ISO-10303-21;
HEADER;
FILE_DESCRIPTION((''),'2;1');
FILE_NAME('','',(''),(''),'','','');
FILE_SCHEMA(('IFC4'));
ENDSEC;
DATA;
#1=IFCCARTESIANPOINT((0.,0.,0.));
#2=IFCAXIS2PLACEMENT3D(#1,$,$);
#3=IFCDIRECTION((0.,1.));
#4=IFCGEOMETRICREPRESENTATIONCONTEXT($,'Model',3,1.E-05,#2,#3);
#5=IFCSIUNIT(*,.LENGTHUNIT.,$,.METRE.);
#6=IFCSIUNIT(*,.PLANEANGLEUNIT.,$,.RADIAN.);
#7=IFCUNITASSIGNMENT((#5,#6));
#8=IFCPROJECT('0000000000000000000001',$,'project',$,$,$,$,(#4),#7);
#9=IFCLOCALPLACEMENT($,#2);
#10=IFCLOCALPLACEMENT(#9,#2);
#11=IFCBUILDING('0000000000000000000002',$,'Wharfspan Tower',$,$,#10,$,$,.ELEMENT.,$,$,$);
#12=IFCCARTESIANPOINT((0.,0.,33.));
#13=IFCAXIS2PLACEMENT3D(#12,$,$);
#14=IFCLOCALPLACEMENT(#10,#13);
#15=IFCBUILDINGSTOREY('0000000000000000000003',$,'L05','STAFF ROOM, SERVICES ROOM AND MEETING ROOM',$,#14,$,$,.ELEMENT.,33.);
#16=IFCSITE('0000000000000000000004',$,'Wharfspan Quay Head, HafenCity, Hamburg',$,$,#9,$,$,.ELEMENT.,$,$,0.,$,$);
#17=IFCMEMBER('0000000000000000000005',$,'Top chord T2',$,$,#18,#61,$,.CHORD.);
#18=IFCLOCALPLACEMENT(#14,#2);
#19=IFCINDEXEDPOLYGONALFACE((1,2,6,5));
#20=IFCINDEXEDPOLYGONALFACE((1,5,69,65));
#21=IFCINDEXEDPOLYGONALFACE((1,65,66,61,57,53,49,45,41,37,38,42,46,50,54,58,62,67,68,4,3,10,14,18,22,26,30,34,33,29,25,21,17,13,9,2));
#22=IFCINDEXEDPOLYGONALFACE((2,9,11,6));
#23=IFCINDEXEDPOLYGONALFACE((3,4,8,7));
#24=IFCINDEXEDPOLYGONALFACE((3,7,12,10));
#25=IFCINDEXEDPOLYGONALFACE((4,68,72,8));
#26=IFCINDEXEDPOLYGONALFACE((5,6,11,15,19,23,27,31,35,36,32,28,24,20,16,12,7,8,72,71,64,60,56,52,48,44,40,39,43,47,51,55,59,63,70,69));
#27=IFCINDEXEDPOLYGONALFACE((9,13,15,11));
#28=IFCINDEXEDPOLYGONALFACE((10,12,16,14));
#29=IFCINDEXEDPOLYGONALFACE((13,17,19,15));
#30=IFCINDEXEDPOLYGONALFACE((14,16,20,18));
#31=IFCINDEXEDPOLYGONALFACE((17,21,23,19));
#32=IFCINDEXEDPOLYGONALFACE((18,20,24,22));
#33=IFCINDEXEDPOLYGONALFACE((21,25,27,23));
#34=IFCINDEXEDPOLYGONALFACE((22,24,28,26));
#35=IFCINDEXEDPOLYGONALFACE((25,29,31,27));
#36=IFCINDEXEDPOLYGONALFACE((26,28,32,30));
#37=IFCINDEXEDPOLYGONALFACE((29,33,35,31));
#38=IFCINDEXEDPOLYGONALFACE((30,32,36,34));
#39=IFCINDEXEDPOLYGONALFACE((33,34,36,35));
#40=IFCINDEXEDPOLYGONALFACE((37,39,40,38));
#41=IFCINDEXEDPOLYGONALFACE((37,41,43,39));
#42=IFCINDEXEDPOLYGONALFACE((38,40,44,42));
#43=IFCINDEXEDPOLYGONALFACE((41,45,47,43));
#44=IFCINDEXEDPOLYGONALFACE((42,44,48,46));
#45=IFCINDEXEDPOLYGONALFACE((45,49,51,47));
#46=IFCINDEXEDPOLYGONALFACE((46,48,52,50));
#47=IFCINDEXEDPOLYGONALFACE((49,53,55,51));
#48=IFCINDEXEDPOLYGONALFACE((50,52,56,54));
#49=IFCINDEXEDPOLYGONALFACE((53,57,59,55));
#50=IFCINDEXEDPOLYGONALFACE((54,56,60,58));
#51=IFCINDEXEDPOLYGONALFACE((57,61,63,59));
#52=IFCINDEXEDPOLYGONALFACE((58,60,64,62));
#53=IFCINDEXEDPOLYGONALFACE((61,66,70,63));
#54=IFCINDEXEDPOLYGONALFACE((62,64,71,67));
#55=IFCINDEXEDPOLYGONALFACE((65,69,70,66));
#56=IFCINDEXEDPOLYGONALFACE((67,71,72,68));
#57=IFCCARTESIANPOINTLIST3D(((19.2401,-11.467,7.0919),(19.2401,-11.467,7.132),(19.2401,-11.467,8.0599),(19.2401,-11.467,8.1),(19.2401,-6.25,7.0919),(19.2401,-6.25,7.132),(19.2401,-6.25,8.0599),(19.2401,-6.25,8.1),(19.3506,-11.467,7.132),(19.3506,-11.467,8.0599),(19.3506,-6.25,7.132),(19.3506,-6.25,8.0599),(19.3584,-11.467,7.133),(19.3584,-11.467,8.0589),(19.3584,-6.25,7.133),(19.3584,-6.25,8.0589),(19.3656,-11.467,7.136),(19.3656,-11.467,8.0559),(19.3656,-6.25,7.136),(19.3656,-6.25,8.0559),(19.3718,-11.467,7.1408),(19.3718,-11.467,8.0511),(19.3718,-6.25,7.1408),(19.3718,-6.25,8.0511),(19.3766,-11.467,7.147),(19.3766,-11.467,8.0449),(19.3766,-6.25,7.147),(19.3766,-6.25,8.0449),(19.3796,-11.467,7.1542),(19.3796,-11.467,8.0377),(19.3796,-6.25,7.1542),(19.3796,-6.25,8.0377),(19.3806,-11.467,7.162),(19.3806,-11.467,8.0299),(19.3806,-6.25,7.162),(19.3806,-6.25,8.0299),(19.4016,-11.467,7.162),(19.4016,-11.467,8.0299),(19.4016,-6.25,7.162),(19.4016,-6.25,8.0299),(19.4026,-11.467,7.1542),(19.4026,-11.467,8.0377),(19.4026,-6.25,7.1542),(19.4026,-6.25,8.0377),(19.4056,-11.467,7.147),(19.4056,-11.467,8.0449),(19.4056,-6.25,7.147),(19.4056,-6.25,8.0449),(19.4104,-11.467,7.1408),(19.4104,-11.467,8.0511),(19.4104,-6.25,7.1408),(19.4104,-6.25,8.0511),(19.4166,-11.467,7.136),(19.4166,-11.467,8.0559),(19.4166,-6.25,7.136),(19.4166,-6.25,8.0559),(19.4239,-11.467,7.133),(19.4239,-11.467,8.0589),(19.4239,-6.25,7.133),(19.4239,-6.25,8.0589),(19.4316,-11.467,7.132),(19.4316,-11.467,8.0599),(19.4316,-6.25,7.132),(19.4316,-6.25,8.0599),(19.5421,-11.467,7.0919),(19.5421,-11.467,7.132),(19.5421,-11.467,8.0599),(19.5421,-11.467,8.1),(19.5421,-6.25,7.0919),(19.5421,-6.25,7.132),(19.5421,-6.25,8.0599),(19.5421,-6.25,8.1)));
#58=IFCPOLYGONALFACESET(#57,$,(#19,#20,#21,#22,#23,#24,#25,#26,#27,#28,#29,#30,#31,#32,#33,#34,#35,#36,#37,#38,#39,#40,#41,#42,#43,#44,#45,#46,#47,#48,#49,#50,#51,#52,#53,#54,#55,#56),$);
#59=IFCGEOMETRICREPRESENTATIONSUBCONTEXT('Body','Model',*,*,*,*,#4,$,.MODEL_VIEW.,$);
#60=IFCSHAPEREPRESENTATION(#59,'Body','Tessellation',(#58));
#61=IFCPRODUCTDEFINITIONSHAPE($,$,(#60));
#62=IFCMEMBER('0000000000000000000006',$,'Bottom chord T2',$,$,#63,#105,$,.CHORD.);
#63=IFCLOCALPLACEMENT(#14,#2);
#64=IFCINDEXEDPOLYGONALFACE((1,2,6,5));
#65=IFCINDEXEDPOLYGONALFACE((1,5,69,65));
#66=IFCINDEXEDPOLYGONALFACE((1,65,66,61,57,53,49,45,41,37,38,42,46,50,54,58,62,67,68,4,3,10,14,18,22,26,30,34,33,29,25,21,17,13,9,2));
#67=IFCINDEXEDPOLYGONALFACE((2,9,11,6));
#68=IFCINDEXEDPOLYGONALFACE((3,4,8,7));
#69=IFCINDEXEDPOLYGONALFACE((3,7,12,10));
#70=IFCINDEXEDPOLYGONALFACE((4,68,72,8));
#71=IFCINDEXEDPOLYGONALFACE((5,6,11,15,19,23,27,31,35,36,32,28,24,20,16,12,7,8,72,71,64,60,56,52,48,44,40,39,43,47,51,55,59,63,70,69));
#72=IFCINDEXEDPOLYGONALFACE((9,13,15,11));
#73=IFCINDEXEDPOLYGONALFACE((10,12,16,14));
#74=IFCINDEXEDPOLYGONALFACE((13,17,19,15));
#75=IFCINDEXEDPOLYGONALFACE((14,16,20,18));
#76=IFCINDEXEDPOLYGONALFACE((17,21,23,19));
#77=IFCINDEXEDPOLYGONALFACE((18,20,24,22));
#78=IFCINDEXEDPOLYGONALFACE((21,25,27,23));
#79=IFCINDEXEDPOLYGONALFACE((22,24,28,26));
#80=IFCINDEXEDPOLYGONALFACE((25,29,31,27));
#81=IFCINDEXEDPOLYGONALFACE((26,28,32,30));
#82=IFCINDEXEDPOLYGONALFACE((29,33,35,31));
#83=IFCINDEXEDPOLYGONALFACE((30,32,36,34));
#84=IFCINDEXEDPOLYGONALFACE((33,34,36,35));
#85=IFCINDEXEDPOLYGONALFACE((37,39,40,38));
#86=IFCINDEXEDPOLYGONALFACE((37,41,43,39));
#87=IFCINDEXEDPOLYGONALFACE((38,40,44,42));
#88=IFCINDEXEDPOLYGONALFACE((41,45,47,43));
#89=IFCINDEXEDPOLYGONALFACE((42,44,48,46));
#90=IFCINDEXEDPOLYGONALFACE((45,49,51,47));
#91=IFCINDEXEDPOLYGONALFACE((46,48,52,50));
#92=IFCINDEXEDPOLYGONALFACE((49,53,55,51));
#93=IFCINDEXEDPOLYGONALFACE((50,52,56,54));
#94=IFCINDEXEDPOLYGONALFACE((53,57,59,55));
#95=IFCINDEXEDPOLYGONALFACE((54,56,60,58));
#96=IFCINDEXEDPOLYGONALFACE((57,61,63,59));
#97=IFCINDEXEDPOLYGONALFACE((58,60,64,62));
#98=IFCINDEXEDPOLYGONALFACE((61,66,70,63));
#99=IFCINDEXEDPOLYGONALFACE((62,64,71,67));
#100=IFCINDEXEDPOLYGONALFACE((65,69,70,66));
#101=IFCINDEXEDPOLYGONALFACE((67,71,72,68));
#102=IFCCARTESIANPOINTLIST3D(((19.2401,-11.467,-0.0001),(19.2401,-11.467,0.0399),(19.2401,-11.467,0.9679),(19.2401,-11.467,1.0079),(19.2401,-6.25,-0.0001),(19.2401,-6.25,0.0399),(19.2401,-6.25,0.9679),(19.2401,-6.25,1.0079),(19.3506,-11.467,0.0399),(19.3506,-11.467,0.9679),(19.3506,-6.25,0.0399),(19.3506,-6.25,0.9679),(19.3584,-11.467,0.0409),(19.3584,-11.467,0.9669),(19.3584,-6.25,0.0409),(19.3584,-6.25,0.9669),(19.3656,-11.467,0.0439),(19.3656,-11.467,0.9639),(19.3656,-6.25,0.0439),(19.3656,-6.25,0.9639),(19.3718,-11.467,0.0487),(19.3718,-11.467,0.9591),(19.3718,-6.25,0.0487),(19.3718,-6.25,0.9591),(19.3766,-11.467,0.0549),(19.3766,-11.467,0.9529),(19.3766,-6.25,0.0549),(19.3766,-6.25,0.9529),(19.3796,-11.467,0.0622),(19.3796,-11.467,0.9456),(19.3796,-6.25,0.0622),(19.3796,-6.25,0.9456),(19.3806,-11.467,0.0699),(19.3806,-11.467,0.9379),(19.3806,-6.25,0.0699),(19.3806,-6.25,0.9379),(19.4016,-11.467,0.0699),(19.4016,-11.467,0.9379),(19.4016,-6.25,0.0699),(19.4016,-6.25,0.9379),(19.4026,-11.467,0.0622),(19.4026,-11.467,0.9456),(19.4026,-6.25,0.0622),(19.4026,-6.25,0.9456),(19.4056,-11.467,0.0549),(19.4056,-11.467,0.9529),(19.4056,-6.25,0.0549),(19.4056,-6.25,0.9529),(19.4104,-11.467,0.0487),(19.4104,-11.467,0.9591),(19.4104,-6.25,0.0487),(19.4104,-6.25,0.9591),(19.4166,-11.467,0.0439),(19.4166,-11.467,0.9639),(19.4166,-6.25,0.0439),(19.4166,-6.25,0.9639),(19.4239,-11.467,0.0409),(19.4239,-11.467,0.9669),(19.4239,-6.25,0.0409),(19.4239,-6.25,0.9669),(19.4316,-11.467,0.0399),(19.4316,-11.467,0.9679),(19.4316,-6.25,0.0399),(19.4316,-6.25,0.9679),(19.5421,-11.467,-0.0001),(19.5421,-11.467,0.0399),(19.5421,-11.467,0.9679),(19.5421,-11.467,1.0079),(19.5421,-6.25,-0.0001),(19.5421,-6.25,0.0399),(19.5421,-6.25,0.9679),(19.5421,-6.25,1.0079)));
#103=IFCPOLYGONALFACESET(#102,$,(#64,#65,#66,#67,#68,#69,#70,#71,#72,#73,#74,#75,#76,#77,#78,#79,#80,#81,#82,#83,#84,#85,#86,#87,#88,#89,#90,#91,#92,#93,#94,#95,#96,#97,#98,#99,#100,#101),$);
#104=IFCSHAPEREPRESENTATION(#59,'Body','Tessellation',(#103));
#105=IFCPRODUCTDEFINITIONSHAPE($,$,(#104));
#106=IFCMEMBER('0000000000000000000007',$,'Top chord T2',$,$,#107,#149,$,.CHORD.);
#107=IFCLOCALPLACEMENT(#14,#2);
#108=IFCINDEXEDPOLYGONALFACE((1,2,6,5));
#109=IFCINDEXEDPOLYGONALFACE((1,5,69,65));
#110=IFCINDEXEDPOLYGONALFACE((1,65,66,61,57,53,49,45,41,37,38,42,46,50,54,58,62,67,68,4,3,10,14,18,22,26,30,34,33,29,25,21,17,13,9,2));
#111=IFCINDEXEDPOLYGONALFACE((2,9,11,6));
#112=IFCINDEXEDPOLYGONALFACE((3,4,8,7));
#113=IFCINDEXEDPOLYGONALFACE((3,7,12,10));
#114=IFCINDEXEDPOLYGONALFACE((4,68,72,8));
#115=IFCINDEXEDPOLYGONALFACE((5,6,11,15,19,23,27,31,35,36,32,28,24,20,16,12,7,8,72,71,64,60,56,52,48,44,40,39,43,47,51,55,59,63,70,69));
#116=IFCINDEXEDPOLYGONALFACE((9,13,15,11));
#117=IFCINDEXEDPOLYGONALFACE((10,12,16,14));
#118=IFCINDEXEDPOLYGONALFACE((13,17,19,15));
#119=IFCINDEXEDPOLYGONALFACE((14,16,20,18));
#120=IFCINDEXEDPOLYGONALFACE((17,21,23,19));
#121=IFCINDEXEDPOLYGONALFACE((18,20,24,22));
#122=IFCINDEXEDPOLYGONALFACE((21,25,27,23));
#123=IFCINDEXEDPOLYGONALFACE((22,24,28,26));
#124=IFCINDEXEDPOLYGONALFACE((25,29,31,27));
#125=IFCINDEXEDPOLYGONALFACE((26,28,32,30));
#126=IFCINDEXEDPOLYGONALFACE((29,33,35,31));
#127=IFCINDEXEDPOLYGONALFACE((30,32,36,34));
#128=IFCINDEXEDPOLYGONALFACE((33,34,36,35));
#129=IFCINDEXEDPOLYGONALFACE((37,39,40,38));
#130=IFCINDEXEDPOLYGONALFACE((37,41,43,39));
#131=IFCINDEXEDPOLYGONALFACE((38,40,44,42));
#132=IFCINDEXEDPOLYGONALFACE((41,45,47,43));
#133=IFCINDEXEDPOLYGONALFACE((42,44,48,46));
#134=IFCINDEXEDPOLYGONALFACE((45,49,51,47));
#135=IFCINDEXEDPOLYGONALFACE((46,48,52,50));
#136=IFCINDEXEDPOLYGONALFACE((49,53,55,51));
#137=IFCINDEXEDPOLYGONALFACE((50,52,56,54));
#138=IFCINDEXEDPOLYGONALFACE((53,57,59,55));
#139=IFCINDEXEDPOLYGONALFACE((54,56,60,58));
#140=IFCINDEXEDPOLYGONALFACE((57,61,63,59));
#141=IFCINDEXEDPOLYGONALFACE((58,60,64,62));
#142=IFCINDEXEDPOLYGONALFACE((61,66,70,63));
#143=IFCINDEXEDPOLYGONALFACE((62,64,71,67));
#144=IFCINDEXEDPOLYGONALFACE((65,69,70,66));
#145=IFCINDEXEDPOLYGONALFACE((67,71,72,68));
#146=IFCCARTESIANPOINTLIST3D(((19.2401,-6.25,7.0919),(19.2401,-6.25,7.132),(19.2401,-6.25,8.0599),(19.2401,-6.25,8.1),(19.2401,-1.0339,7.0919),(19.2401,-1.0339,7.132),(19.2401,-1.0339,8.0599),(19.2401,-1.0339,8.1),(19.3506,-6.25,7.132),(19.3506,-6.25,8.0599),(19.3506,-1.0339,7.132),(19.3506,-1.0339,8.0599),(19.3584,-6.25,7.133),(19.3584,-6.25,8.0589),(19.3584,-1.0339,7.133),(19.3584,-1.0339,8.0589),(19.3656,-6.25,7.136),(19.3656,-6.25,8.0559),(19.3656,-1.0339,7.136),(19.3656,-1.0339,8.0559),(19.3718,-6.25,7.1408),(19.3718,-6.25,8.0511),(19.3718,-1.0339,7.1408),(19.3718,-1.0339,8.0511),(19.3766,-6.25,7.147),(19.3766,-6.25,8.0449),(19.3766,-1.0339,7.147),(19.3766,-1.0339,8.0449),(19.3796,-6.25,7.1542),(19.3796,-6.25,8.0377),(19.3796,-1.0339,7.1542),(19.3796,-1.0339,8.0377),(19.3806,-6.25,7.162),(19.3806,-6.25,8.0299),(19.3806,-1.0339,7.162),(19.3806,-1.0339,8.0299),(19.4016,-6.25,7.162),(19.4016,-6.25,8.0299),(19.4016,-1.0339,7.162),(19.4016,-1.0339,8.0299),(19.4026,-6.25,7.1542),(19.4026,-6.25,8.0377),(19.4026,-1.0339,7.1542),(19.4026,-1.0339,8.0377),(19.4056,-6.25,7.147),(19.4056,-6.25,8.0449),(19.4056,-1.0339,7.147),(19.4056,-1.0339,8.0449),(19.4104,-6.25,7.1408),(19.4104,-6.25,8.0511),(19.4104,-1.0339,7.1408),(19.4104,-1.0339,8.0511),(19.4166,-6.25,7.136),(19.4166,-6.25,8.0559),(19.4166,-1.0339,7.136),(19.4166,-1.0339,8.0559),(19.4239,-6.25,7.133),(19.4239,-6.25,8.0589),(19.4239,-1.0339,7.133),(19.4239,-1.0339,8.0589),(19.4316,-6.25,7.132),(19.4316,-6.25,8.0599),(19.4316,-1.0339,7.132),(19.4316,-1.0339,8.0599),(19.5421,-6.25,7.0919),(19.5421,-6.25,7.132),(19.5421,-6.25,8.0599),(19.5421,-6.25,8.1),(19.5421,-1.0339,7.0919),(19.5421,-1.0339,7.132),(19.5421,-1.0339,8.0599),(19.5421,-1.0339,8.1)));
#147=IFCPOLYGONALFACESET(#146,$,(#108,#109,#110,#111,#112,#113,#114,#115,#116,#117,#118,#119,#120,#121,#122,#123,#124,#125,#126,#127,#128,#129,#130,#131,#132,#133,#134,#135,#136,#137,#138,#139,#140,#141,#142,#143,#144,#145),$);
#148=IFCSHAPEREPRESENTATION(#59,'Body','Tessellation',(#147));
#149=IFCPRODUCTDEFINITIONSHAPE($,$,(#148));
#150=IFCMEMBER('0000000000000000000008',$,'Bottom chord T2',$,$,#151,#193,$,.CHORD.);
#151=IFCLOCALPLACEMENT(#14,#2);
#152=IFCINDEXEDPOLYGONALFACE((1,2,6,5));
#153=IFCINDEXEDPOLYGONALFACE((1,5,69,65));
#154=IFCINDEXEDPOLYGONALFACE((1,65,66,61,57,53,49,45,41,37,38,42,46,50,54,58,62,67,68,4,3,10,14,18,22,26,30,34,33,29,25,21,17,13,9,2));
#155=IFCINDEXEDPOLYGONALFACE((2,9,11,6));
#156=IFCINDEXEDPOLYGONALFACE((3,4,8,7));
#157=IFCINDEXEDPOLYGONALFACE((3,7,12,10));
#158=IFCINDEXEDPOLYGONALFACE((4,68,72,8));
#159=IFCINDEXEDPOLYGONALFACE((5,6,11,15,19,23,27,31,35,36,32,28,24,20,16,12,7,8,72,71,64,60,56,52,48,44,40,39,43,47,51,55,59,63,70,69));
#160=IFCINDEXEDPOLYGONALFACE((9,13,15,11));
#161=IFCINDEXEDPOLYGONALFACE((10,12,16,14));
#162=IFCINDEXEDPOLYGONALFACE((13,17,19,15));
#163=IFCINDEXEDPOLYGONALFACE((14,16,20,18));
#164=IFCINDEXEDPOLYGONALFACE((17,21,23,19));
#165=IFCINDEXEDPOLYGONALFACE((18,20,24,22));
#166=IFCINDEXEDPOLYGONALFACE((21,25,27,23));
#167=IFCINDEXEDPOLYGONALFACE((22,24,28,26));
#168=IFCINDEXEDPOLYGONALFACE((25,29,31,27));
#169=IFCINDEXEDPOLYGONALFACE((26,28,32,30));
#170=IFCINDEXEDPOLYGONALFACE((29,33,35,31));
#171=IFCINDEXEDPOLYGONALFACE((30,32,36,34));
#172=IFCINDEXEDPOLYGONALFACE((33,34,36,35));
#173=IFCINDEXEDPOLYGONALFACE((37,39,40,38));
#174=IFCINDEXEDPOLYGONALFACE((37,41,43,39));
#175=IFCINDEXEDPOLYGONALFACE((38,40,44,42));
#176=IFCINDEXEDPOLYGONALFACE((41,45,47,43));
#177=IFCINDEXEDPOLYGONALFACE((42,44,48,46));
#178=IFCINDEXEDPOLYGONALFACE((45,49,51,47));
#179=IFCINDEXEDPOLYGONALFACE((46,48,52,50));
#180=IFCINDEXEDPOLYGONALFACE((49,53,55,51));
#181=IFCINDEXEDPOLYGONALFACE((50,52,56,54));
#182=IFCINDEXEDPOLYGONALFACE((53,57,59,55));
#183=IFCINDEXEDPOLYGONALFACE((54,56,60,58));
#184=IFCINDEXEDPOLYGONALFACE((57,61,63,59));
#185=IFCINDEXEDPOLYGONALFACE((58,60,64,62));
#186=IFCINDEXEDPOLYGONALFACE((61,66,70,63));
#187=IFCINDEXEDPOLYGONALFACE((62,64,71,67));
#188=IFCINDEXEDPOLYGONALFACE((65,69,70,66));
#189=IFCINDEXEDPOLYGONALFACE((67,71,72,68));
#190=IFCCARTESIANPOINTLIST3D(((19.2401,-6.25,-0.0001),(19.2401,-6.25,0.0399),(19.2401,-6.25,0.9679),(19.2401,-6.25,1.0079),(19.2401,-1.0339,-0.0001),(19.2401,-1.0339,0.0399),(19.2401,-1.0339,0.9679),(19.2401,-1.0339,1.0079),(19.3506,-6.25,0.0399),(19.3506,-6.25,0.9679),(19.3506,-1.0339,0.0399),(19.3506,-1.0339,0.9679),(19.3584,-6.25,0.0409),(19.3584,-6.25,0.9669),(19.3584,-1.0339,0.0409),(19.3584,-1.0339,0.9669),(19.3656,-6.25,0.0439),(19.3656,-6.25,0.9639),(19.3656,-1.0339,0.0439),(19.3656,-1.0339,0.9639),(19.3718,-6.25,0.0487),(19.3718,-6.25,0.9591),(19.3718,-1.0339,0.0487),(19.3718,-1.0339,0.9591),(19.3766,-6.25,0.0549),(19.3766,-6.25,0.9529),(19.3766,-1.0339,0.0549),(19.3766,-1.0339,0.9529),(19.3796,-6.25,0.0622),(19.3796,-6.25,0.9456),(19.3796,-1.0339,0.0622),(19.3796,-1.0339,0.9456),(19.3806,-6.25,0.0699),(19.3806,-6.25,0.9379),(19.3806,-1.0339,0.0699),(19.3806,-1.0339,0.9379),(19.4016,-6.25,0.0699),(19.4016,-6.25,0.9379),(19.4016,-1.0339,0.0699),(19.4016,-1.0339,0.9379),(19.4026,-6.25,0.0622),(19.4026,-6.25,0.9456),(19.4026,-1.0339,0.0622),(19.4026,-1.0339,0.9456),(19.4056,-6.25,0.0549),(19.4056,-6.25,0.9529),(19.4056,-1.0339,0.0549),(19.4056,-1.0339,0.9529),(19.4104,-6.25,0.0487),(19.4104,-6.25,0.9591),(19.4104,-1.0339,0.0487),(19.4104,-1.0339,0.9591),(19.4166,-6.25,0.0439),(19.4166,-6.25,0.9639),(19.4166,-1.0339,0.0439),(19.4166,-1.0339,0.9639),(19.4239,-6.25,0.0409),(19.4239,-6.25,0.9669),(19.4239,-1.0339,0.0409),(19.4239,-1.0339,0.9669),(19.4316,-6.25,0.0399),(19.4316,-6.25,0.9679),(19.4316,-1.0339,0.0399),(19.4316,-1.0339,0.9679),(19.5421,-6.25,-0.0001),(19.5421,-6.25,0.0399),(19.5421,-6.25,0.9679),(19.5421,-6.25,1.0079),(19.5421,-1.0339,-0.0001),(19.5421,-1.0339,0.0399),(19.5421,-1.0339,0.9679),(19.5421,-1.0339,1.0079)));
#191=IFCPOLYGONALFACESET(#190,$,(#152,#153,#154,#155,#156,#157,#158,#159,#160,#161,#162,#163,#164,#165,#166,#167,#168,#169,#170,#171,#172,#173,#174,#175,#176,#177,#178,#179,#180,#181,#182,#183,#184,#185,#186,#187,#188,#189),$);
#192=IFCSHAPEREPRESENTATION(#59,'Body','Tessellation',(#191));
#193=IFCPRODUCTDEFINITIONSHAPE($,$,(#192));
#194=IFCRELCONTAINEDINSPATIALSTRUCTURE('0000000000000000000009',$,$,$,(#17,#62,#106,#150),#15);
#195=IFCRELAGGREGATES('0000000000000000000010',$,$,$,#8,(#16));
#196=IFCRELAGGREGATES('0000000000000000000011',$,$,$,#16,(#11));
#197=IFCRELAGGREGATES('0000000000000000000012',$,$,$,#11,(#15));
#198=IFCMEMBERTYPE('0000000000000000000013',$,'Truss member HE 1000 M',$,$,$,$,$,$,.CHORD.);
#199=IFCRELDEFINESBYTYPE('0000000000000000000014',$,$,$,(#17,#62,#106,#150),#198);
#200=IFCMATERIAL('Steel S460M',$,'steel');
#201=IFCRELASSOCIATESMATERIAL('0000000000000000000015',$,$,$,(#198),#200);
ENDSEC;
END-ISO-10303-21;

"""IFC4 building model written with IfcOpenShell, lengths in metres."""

from ifc_helpers import new_model, si_unit, direction, frame, origin, origin_2d, place, context, subcontext, project, spatial, i_section, extrude, material, material_profile, profile_set, type_object, element, save


model = new_model("IFC4")

# Units and contexts
model_context = context("Model", 3, precision=1e-05, world=origin(), true_north=direction((0.0, 1.0)))
body_context = subcontext(model_context, "Body", "Model", "MODEL_VIEW")
ifc_project = project(units=[si_unit("LENGTHUNIT", "METRE"), si_unit("PLANEANGLEUNIT", "RADIAN")], contexts=[model_context])

# Site, building, storey
site_placement = place(None, origin())
site = spatial("IfcSite", under=ifc_project, at=site_placement, Name="Wharfspan Quay Head, HafenCity, Hamburg", CompositionType="ELEMENT", RefElevation=0.0)
building_placement = place(site_placement, origin())
building = spatial("IfcBuilding", under=site, at=building_placement, Name="Wharfspan Tower", CompositionType="ELEMENT")
storey_placement = place(building_placement, frame((0.0, 0.0, 33.0)))
storey = spatial("IfcBuildingStorey", under=building, at=storey_placement, Name="L05", Description="STAFF ROOM, SERVICES ROOM AND MEETING ROOM", CompositionType="ELEMENT", Elevation=33.0)

# Members
ifc_material_1 = material(Name="Steel S460M", Category="steel")
ifc_material_profile_1 = material_profile(ifc_material_1, i_section(OverallWidth=0.302, OverallDepth=1.0081, WebThickness=0.021, FlangeThickness=0.04, FilletRadius=0.03, at=origin_2d()))
ifc_profile_set_1 = profile_set([ifc_material_profile_1], Name="Steel S460M")
member_type_1 = type_object("IfcMemberType", Name="Truss member HE 1000 M", PredefinedType="CHORD", material=ifc_profile_set_1)
for number, where, z_axis, x_axis, name in (
    (1, (19.3911, -11.467, 7.5959), (0.0, 1.0, 0.0), (-1.0, 0.0, 0.0), "Top chord T2"),
    (2, (19.3911, -11.467, 0.5039), (0.0, 1.0, 0.0), (-1.0, 0.0, 0.0), "Bottom chord T2"),
):
    element("IfcMember", number, at=place(storey_placement, frame(where, z_axis=z_axis, x_axis=x_axis)), inside=storey, type_object=member_type_1, Name=name, PredefinedType="CHORD", context=body_context, shape_type="SweptSolid", body=[
        extrude(i_section(OverallWidth=0.302, OverallDepth=1.0081, WebThickness=0.021, FlangeThickness=0.04, FilletRadius=0.03, at=origin_2d()), origin(), (0.0, 0.0, 1.0), 5.217),
    ])
for number, where, z_axis, x_axis, name in (
    (3, (19.3911, -6.25, 7.5959), (0.0, 1.0, 0.0), (-1.0, 0.0, 0.0), "Top chord T2"),
    (4, (19.3911, -6.25, 0.5039), (0.0, 1.0, 0.0), (-1.0, 0.0, 0.0), "Bottom chord T2"),
):
    element("IfcMember", number, at=place(storey_placement, frame(where, z_axis=z_axis, x_axis=x_axis)), inside=storey, type_object=member_type_1, Name=name, PredefinedType="CHORD", context=body_context, shape_type="SweptSolid", body=[
        extrude(i_section(OverallWidth=0.302, OverallDepth=1.0081, WebThickness=0.021, FlangeThickness=0.04, FilletRadius=0.03, at=origin_2d()), origin(), (0.0, 0.0, 1.0), 5.2161),
    ])

save(model, "model.ifc")
